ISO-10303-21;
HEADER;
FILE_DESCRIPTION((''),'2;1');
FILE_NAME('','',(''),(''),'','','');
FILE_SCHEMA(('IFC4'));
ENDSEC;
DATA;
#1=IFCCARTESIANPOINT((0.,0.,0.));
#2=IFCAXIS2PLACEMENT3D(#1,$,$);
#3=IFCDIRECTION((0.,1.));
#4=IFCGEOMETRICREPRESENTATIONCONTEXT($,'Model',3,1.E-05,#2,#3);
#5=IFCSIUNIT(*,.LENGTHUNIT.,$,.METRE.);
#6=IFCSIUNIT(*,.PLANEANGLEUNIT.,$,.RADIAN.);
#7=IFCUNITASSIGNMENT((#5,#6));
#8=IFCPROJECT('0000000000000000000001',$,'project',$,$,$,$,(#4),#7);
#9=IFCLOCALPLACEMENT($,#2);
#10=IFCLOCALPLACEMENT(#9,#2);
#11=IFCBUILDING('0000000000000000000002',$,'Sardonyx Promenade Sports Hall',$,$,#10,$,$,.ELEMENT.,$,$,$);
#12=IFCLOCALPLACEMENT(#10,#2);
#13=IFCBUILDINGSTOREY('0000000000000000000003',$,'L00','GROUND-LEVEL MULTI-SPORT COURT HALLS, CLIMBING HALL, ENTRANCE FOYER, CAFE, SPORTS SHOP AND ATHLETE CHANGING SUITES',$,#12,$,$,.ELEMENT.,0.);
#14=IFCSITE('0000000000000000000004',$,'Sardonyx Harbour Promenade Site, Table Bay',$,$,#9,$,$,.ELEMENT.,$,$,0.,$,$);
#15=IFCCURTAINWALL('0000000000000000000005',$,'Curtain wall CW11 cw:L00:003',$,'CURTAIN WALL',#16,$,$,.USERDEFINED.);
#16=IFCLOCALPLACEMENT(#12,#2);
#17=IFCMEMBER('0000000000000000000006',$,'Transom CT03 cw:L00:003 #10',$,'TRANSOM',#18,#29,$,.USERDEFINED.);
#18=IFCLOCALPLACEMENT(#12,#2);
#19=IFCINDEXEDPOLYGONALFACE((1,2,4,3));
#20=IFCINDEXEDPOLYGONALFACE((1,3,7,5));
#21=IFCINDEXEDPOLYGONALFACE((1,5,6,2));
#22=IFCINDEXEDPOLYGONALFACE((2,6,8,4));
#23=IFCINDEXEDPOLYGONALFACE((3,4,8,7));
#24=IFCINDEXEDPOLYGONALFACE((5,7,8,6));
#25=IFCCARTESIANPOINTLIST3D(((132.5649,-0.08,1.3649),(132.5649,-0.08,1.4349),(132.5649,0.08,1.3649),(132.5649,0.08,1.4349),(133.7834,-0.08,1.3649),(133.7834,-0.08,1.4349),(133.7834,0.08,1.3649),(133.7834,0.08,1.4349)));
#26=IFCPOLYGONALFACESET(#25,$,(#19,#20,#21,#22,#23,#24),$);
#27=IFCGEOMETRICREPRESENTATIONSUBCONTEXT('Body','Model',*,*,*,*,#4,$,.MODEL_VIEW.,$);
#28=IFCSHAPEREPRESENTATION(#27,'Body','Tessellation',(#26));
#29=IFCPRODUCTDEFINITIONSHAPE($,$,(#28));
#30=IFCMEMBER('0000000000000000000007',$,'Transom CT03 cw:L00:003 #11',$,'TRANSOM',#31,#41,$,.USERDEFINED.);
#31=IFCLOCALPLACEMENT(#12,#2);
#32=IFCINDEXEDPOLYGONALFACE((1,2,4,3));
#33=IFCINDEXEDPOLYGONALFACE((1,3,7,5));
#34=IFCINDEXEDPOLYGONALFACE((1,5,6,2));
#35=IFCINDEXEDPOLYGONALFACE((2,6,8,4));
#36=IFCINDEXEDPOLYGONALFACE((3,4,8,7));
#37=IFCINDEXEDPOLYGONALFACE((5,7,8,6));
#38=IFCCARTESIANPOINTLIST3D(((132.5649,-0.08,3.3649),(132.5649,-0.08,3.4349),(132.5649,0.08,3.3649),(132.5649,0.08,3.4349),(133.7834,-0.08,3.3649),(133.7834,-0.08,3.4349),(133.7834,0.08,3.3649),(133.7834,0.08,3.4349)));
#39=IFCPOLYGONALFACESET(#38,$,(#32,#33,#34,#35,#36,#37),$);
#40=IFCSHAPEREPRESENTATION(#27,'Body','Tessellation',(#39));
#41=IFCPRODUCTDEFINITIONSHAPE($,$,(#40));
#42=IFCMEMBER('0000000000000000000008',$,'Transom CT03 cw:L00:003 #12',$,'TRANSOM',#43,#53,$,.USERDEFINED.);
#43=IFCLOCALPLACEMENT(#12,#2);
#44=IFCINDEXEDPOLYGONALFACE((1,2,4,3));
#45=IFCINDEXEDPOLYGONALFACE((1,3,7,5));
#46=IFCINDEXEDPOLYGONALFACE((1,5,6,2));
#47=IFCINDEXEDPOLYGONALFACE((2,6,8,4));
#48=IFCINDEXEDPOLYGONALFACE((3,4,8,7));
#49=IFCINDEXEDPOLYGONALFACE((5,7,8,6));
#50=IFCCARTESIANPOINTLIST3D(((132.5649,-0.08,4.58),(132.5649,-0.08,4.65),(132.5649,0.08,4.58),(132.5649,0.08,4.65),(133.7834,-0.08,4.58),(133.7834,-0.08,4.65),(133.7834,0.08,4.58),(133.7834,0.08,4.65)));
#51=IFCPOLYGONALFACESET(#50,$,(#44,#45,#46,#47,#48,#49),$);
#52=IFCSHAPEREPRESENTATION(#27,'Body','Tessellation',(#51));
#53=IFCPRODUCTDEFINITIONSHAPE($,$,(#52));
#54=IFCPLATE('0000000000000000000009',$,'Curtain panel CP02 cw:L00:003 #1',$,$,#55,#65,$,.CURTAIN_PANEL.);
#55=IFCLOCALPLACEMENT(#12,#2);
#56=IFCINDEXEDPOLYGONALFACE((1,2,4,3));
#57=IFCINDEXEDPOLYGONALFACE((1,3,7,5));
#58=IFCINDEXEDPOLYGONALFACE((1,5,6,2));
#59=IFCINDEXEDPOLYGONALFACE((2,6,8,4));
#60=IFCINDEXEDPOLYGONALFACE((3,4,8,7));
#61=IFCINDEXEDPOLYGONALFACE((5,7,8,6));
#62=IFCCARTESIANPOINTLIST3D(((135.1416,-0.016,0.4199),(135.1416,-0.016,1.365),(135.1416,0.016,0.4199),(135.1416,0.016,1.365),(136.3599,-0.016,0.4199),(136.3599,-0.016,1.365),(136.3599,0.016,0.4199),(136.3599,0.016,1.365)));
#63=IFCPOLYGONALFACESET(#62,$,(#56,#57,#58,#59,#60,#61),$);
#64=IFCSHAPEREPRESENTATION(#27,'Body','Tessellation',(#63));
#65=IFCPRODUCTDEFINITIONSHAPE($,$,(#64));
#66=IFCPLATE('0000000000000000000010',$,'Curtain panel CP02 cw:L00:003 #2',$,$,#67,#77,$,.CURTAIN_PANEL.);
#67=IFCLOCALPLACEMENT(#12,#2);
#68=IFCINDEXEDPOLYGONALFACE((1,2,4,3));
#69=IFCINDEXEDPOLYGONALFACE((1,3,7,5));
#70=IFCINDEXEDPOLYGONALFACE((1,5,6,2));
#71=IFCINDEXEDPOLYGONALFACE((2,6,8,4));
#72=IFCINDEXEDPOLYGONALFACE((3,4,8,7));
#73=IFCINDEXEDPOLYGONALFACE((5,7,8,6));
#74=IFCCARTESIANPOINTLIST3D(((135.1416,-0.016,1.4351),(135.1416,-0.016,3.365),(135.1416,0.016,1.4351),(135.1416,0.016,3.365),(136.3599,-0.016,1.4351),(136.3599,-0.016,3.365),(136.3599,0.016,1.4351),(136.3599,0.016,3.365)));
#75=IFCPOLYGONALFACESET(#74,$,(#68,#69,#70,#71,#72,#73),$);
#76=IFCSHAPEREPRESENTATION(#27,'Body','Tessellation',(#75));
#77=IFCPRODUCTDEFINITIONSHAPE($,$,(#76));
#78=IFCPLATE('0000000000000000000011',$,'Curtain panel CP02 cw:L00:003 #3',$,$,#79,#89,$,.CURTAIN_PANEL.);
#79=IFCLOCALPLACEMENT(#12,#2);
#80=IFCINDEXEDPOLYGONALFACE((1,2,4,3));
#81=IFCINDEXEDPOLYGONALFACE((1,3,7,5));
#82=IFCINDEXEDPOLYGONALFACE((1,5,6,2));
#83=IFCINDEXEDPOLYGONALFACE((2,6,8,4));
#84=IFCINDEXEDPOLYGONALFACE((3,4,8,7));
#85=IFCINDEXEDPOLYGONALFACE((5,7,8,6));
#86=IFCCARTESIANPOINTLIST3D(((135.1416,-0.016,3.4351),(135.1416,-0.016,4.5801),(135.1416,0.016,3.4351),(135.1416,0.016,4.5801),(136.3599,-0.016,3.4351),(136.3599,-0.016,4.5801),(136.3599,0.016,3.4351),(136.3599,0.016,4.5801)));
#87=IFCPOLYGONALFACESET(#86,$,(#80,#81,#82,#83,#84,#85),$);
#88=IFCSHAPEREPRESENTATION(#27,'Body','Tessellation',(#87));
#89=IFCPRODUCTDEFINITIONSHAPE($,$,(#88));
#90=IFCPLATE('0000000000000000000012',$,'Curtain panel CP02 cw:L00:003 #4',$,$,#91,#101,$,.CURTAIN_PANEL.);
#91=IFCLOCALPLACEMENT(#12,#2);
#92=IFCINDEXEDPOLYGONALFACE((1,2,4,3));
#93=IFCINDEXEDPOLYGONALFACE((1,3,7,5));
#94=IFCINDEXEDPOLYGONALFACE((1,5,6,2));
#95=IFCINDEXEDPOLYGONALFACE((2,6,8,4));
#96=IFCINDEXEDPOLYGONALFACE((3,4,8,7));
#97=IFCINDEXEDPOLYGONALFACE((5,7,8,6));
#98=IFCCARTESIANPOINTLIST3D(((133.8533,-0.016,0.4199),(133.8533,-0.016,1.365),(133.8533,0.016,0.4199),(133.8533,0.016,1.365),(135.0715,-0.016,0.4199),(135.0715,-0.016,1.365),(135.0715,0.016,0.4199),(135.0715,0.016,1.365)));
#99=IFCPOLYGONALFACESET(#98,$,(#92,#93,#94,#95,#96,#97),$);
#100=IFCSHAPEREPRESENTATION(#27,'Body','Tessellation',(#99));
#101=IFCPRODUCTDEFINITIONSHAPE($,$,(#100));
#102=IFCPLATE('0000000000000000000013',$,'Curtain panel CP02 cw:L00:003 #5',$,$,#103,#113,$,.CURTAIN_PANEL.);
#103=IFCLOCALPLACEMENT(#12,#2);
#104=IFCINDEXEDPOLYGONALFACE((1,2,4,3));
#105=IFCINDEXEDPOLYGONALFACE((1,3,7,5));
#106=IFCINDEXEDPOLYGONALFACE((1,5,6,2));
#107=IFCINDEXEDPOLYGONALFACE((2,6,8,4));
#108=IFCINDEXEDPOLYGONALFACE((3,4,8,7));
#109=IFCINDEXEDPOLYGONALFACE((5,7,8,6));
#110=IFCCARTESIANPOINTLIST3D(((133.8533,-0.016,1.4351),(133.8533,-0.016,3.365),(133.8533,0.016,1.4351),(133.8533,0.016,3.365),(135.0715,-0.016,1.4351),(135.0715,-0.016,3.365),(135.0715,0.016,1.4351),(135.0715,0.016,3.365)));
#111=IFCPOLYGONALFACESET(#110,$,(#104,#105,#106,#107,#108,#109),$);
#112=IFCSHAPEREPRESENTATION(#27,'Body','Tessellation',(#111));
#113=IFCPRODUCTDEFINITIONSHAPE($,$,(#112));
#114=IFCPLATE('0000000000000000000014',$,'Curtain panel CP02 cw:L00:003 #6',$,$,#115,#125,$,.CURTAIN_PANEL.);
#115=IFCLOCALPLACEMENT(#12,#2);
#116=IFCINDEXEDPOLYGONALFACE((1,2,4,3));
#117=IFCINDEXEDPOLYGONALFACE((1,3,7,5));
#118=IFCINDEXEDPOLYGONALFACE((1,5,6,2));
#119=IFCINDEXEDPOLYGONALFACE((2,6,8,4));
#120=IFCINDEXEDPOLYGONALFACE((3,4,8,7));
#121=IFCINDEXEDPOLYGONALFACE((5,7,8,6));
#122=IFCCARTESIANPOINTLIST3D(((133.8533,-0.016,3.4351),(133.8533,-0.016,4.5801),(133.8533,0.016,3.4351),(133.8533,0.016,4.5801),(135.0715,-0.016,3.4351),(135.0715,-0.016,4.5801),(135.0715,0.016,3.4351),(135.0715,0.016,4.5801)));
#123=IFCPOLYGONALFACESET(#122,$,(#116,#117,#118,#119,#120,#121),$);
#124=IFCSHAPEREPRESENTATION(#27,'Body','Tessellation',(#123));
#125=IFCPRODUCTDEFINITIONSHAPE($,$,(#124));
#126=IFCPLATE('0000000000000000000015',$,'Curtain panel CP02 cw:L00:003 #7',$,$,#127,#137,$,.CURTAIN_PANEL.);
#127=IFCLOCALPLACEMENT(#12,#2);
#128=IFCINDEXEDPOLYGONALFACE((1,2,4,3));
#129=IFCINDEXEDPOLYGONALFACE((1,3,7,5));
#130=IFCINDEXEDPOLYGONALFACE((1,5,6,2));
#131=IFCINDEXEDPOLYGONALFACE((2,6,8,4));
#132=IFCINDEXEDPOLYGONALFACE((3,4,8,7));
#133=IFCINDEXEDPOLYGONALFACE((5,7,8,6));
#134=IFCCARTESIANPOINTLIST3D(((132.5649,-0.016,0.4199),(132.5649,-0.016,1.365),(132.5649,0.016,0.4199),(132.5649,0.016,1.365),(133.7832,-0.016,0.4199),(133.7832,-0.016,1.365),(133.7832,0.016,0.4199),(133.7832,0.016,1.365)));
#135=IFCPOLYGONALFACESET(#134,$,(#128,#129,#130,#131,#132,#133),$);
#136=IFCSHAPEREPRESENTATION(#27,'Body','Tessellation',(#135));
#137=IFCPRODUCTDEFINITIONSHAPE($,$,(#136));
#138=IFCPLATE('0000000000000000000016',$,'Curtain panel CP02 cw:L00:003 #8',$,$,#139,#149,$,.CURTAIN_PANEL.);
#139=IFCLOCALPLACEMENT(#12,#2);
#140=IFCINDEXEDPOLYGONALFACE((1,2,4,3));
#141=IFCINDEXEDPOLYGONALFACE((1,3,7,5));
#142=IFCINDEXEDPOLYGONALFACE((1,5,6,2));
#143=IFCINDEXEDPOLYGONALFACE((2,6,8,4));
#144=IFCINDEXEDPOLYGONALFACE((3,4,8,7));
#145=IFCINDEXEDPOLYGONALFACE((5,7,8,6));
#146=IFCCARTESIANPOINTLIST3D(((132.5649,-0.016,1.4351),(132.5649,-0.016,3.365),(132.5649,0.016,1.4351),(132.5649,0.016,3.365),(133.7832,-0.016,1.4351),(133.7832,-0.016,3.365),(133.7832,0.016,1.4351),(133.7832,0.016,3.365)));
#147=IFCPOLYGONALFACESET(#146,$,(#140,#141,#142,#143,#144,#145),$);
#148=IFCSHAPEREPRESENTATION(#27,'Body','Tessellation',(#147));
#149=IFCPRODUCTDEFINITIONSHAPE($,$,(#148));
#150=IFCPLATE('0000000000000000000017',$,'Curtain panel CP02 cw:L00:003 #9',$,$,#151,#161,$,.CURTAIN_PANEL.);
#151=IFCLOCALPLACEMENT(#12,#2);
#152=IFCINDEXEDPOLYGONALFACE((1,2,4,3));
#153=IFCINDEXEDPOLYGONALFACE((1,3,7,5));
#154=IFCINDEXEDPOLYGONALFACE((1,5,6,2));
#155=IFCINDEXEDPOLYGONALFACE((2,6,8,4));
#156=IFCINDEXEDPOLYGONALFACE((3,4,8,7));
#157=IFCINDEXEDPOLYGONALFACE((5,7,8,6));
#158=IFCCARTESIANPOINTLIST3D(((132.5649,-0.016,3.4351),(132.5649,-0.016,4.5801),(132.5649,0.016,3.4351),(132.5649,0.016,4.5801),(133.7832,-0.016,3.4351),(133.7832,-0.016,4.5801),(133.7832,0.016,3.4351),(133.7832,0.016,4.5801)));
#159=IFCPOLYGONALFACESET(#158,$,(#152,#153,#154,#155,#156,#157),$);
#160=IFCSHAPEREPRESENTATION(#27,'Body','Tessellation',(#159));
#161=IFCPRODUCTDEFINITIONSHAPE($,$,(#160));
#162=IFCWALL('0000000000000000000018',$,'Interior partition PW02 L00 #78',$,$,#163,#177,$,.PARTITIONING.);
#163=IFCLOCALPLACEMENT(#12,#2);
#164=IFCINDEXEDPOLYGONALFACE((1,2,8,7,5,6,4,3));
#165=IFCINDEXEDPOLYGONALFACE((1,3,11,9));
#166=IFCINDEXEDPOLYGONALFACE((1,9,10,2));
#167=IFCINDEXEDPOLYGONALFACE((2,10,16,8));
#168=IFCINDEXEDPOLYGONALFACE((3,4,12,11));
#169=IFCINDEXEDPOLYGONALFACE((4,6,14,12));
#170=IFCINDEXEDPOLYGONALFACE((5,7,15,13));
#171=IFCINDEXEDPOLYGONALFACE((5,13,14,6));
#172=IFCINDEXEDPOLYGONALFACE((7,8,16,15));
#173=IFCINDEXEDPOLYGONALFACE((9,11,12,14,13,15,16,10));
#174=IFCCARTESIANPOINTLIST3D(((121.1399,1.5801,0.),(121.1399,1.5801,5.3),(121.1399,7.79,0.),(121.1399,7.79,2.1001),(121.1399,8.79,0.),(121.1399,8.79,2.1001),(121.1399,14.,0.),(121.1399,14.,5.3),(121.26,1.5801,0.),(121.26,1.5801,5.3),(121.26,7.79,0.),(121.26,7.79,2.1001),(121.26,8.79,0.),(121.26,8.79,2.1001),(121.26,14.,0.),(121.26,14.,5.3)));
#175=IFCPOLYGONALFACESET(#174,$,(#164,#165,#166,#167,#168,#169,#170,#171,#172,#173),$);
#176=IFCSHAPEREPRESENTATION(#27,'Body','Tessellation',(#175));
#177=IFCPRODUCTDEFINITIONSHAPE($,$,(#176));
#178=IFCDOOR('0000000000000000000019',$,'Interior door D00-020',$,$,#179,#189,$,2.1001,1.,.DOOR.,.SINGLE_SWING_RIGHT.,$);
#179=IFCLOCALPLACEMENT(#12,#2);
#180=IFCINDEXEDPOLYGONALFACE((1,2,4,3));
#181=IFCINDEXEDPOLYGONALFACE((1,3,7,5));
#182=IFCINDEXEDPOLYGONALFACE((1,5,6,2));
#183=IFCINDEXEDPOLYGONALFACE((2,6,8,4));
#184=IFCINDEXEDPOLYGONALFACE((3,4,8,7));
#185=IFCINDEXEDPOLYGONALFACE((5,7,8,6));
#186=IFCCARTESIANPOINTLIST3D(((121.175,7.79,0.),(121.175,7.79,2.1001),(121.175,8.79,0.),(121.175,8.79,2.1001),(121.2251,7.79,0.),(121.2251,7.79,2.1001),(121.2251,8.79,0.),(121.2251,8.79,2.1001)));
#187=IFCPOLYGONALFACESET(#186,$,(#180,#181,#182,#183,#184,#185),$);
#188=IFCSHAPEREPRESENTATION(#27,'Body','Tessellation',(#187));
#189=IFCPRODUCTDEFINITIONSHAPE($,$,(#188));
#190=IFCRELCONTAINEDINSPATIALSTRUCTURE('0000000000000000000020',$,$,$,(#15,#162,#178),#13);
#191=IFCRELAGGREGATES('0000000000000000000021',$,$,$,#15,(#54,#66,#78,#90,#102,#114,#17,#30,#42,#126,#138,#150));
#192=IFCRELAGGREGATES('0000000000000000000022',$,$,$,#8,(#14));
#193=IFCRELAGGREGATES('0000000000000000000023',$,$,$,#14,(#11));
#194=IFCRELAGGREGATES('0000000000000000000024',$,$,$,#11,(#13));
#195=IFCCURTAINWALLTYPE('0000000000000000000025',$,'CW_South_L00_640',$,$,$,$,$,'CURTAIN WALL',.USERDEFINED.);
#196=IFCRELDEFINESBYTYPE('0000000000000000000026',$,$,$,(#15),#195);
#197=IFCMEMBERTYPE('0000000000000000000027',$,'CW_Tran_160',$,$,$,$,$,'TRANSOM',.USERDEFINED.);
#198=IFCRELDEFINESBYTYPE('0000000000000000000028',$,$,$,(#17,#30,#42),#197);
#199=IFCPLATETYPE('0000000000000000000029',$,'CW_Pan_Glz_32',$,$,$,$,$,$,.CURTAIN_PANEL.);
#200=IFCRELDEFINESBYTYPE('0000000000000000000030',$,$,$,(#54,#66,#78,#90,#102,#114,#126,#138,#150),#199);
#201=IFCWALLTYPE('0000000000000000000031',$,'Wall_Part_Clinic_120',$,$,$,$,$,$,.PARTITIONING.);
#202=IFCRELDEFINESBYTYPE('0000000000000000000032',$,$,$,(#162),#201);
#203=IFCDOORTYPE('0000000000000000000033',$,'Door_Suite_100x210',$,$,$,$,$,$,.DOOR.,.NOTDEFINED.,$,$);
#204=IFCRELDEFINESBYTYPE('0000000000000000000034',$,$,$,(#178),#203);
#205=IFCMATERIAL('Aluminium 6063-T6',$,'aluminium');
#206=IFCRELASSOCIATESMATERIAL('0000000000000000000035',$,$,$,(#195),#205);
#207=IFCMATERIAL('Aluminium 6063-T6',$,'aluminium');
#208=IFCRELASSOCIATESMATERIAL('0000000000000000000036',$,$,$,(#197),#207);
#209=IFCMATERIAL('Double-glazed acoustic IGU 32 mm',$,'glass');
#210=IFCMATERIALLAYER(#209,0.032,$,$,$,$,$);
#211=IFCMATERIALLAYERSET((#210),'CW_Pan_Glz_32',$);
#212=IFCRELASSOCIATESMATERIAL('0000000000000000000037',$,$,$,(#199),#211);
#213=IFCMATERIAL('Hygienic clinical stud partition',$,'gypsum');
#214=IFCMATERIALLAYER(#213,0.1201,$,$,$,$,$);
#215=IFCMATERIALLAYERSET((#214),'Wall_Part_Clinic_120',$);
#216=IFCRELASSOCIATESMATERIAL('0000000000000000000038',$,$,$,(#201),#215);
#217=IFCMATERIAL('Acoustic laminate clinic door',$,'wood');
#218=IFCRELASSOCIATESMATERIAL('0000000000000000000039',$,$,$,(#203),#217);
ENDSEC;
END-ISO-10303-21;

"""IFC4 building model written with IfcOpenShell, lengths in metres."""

from ifc_helpers import new_model, si_unit, direction, frame, frame_2d, origin, origin_2d, place, context, subcontext, project, spatial, rectangle, extrude, material, layer, layer_set, material_profile, profile_set, type_object, element, fill, aggregate, save


model = new_model("IFC4")

# Units and contexts
model_context = context("Model", 3, precision=1e-05, world=origin(), true_north=direction((0.0, 1.0)))
body_context = subcontext(model_context, "Body", "Model", "MODEL_VIEW")
ifc_project = project(units=[si_unit("LENGTHUNIT", "METRE"), si_unit("PLANEANGLEUNIT", "RADIAN")], contexts=[model_context])

# Site, building, storey
site_placement = place(None, origin())
site = spatial("IfcSite", under=ifc_project, at=site_placement, Name="Sardonyx Harbour Promenade Site, Table Bay", CompositionType="ELEMENT", RefElevation=0.0)
building_placement = place(site_placement, origin())
building = spatial("IfcBuilding", under=site, at=building_placement, Name="Sardonyx Promenade Sports Hall", CompositionType="ELEMENT")
storey_placement = place(building_placement, origin())
storey = spatial("IfcBuildingStorey", under=building, at=storey_placement, Name="L00", Description="GROUND-LEVEL MULTI-SPORT COURT HALLS, CLIMBING HALL, ENTRANCE FOYER, CAFE, SPORTS SHOP AND ATHLETE CHANGING SUITES", CompositionType="ELEMENT", Elevation=0.0)

# Curtain wall, members, plates
ifc_material_1 = material(Name="Aluminium 6063-T6", Category="aluminium")
curtain_wall_type = type_object("IfcCurtainWallType", Name="CW_South_L00_640", ElementType="CURTAIN WALL", PredefinedType="USERDEFINED", material=ifc_material_1)
curtain_wall_placement = place(storey_placement, origin())
curtain_wall = element("IfcCurtainWall", 1, at=curtain_wall_placement, inside=storey, type_object=curtain_wall_type, Name="Curtain wall CW11 cw:L00:003", ObjectType="CURTAIN WALL", PredefinedType="USERDEFINED")
ifc_material_2 = material(Name="Aluminium 6063-T6", Category="aluminium")
ifc_material_profile_1 = material_profile(ifc_material_2, rectangle(XDim=0.0701, YDim=0.1599, at=origin_2d()))
ifc_profile_set_1 = profile_set([ifc_material_profile_1], Name="Aluminium 6063-T6")
member_type_1 = type_object("IfcMemberType", Name="CW_Tran_160", ElementType="TRANSOM", PredefinedType="USERDEFINED", material=ifc_profile_set_1)
member_1_placement = place(storey_placement, frame((133.7834, 0.0, 1.3999), z_axis=(-1.0, 0.0, 0.0), x_axis=(0.0, 0.0, 1.0)))
member_1 = element("IfcMember", 2, at=member_1_placement, type_object=member_type_1, Name="Transom CT03 cw:L00:003 #10", ObjectType="TRANSOM", PredefinedType="USERDEFINED", context=body_context, shape_type="SweptSolid", body=[
    extrude(rectangle(XDim=0.0701, YDim=0.1599, at=origin_2d()), origin(), (0.0, 0.0, 1.0), 1.2185),
])
member_2_placement = place(storey_placement, frame((133.7834, 0.0, 3.3999), z_axis=(-1.0, 0.0, 0.0), x_axis=(0.0, 0.0, 1.0)))
member_2 = element("IfcMember", 3, at=member_2_placement, type_object=member_type_1, Name="Transom CT03 cw:L00:003 #11", ObjectType="TRANSOM", PredefinedType="USERDEFINED", context=body_context, shape_type="SweptSolid", body=[
    extrude(rectangle(XDim=0.0701, YDim=0.1599, at=origin_2d()), origin(), (0.0, 0.0, 1.0), 1.2185),
])
member_3_placement = place(storey_placement, frame((133.7834, 0.0, 4.615), z_axis=(-1.0, 0.0, 0.0), x_axis=(0.0, 0.0, 1.0)))
member_3 = element("IfcMember", 4, at=member_3_placement, type_object=member_type_1, Name="Transom CT03 cw:L00:003 #12", ObjectType="TRANSOM", PredefinedType="USERDEFINED", context=body_context, shape_type="SweptSolid", body=[
    extrude(rectangle(XDim=0.0701, YDim=0.1599, at=origin_2d()), origin(), (0.0, 0.0, 1.0), 1.2185),
])
ifc_material_3 = material(Name="Double-glazed acoustic IGU 32 mm", Category="glass")
ifc_layer_1 = layer(ifc_material_3, 0.032)
ifc_layer_set_1 = layer_set([ifc_layer_1], Name="CW_Pan_Glz_32")
plate_type = type_object("IfcPlateType", Name="CW_Pan_Glz_32", PredefinedType="CURTAIN_PANEL", material=ifc_layer_set_1)
plate_1_placement = place(storey_placement, frame((135.7507, 0.0, 0.4199), z_axis=(0.0, 0.0, 1.0), x_axis=(-1.0, 0.0, 0.0)))
plate_1 = element("IfcPlate", 5, at=plate_1_placement, type_object=plate_type, Name="Curtain panel CP02 cw:L00:003 #1", PredefinedType="CURTAIN_PANEL", context=body_context, shape_type="SweptSolid", body=[
    extrude(rectangle(XDim=1.2183, YDim=0.032, at=origin_2d()), origin(), (0.0, 0.0, 1.0), 0.9451),
])
plate_2_placement = place(storey_placement, frame((135.7507, 0.0, 1.4351), z_axis=(0.0, 0.0, 1.0), x_axis=(-1.0, 0.0, 0.0)))
plate_2 = element("IfcPlate", 6, at=plate_2_placement, type_object=plate_type, Name="Curtain panel CP02 cw:L00:003 #2", PredefinedType="CURTAIN_PANEL", context=body_context, shape_type="SweptSolid", body=[
    extrude(rectangle(XDim=1.2183, YDim=0.032, at=origin_2d()), origin(), (0.0, 0.0, 1.0), 1.9299),
])
plate_3_placement = place(storey_placement, frame((135.7507, 0.0, 3.4351), z_axis=(0.0, 0.0, 1.0), x_axis=(-1.0, 0.0, 0.0)))
plate_3 = element("IfcPlate", 7, at=plate_3_placement, type_object=plate_type, Name="Curtain panel CP02 cw:L00:003 #3", PredefinedType="CURTAIN_PANEL", context=body_context, shape_type="SweptSolid", body=[
    extrude(rectangle(XDim=1.2183, YDim=0.032, at=origin_2d()), origin(), (0.0, 0.0, 1.0), 1.145),
])
plate_4_placement = place(storey_placement, frame((134.4624, 0.0, 0.4199), z_axis=(0.0, 0.0, 1.0), x_axis=(-1.0, 0.0, 0.0)))
plate_4 = element("IfcPlate", 8, at=plate_4_placement, type_object=plate_type, Name="Curtain panel CP02 cw:L00:003 #4", PredefinedType="CURTAIN_PANEL", context=body_context, shape_type="SweptSolid", body=[
    extrude(rectangle(XDim=1.2183, YDim=0.032, at=origin_2d()), origin(), (0.0, 0.0, 1.0), 0.9451),
])
plate_5_placement = place(storey_placement, frame((134.4624, 0.0, 1.4351), z_axis=(0.0, 0.0, 1.0), x_axis=(-1.0, 0.0, 0.0)))
plate_5 = element("IfcPlate", 9, at=plate_5_placement, type_object=plate_type, Name="Curtain panel CP02 cw:L00:003 #5", PredefinedType="CURTAIN_PANEL", context=body_context, shape_type="SweptSolid", body=[
    extrude(rectangle(XDim=1.2183, YDim=0.032, at=origin_2d()), origin(), (0.0, 0.0, 1.0), 1.9299),
])
plate_6_placement = place(storey_placement, frame((134.4624, 0.0, 3.4351), z_axis=(0.0, 0.0, 1.0), x_axis=(-1.0, 0.0, 0.0)))
plate_6 = element("IfcPlate", 10, at=plate_6_placement, type_object=plate_type, Name="Curtain panel CP02 cw:L00:003 #6", PredefinedType="CURTAIN_PANEL", context=body_context, shape_type="SweptSolid", body=[
    extrude(rectangle(XDim=1.2183, YDim=0.032, at=origin_2d()), origin(), (0.0, 0.0, 1.0), 1.145),
])
plate_7_placement = place(storey_placement, frame((133.1741, 0.0, 0.4199), z_axis=(0.0, 0.0, 1.0), x_axis=(-1.0, 0.0, 0.0)))
plate_7 = element("IfcPlate", 11, at=plate_7_placement, type_object=plate_type, Name="Curtain panel CP02 cw:L00:003 #7", PredefinedType="CURTAIN_PANEL", context=body_context, shape_type="SweptSolid", body=[
    extrude(rectangle(XDim=1.2183, YDim=0.032, at=origin_2d()), origin(), (0.0, 0.0, 1.0), 0.9451),
])
plate_8_placement = place(storey_placement, frame((133.1741, 0.0, 1.4351), z_axis=(0.0, 0.0, 1.0), x_axis=(-1.0, 0.0, 0.0)))
plate_8 = element("IfcPlate", 12, at=plate_8_placement, type_object=plate_type, Name="Curtain panel CP02 cw:L00:003 #8", PredefinedType="CURTAIN_PANEL", context=body_context, shape_type="SweptSolid", body=[
    extrude(rectangle(XDim=1.2183, YDim=0.032, at=origin_2d()), origin(), (0.0, 0.0, 1.0), 1.9299),
])
plate_9_placement = place(storey_placement, frame((133.1741, 0.0, 3.4351), z_axis=(0.0, 0.0, 1.0), x_axis=(-1.0, 0.0, 0.0)))
plate_9 = element("IfcPlate", 13, at=plate_9_placement, type_object=plate_type, Name="Curtain panel CP02 cw:L00:003 #9", PredefinedType="CURTAIN_PANEL", context=body_context, shape_type="SweptSolid", body=[
    extrude(rectangle(XDim=1.2183, YDim=0.032, at=origin_2d()), origin(), (0.0, 0.0, 1.0), 1.145),
])
aggregate(curtain_wall, [plate_1, plate_2, plate_3, plate_4, plate_5, plate_6, member_1, member_2, member_3, plate_7, plate_8, plate_9])

# Wall, opening, door
ifc_material_4 = material(Name="Hygienic clinical stud partition", Category="gypsum")
ifc_layer_2 = layer(ifc_material_4, 0.1201)
ifc_layer_set_2 = layer_set([ifc_layer_2], Name="Wall_Part_Clinic_120")
wall_type = type_object("IfcWallType", Name="Wall_Part_Clinic_120", PredefinedType="PARTITIONING", material=ifc_layer_set_2)
wall_placement = place(storey_placement, frame((121.2, 1.5801, 0.0), z_axis=(0.0, 0.0, 1.0), x_axis=(0.0, 1.0, 0.0)))
wall = element("IfcWall", 14, at=wall_placement, inside=storey, type_object=wall_type, Name="Interior partition PW02 L00 #78", PredefinedType="PARTITIONING", context=body_context, shape_type="SweptSolid", body=[
    extrude(rectangle(XDim=12.4199, YDim=0.1201, at=frame_2d((6.21, 0.0))), origin(), (0.0, 0.0, 1.0), 5.3),
])
opening_placement = place(wall_placement, frame((6.21, 0.0, 0.0)))
opening = element("IfcOpeningElement", 15, at=opening_placement, cuts=wall, PredefinedType="OPENING", context=body_context, shape_type="SweptSolid", body=[
    extrude(rectangle(XDim=1.0, YDim=2.1001, at=frame_2d((0.5, 1.05))), frame((0.0, 0.07, 0.0), z_axis=(0.0, -1.0, 0.0), x_axis=(1.0, 0.0, 0.0)), (0.0, 0.0, 1.0), 0.14),
])
ifc_material_5 = material(Name="Acoustic laminate clinic door", Category="wood")
door_type = type_object("IfcDoorType", Name="Door_Suite_100x210", OperationType="NOTDEFINED", PredefinedType="DOOR", material=ifc_material_5)
door_placement = place(opening_placement, origin())
door = element("IfcDoor", 16, at=door_placement, inside=storey, type_object=door_type, Name="Interior door D00-020", OperationType="SINGLE_SWING_RIGHT", OverallHeight=2.1001, OverallWidth=1.0, PredefinedType="DOOR", context=body_context, shape_type="SweptSolid", body=[
    extrude(rectangle(XDim=1.0, YDim=2.1001, at=frame_2d((0.5, 1.05))), frame((0.0, 0.0249, 0.0), z_axis=(0.0, -1.0, 0.0), x_axis=(1.0, 0.0, 0.0)), (0.0, 0.0, 1.0), 0.05),
])
fill(opening, door)

save(model, "model.ifc")
